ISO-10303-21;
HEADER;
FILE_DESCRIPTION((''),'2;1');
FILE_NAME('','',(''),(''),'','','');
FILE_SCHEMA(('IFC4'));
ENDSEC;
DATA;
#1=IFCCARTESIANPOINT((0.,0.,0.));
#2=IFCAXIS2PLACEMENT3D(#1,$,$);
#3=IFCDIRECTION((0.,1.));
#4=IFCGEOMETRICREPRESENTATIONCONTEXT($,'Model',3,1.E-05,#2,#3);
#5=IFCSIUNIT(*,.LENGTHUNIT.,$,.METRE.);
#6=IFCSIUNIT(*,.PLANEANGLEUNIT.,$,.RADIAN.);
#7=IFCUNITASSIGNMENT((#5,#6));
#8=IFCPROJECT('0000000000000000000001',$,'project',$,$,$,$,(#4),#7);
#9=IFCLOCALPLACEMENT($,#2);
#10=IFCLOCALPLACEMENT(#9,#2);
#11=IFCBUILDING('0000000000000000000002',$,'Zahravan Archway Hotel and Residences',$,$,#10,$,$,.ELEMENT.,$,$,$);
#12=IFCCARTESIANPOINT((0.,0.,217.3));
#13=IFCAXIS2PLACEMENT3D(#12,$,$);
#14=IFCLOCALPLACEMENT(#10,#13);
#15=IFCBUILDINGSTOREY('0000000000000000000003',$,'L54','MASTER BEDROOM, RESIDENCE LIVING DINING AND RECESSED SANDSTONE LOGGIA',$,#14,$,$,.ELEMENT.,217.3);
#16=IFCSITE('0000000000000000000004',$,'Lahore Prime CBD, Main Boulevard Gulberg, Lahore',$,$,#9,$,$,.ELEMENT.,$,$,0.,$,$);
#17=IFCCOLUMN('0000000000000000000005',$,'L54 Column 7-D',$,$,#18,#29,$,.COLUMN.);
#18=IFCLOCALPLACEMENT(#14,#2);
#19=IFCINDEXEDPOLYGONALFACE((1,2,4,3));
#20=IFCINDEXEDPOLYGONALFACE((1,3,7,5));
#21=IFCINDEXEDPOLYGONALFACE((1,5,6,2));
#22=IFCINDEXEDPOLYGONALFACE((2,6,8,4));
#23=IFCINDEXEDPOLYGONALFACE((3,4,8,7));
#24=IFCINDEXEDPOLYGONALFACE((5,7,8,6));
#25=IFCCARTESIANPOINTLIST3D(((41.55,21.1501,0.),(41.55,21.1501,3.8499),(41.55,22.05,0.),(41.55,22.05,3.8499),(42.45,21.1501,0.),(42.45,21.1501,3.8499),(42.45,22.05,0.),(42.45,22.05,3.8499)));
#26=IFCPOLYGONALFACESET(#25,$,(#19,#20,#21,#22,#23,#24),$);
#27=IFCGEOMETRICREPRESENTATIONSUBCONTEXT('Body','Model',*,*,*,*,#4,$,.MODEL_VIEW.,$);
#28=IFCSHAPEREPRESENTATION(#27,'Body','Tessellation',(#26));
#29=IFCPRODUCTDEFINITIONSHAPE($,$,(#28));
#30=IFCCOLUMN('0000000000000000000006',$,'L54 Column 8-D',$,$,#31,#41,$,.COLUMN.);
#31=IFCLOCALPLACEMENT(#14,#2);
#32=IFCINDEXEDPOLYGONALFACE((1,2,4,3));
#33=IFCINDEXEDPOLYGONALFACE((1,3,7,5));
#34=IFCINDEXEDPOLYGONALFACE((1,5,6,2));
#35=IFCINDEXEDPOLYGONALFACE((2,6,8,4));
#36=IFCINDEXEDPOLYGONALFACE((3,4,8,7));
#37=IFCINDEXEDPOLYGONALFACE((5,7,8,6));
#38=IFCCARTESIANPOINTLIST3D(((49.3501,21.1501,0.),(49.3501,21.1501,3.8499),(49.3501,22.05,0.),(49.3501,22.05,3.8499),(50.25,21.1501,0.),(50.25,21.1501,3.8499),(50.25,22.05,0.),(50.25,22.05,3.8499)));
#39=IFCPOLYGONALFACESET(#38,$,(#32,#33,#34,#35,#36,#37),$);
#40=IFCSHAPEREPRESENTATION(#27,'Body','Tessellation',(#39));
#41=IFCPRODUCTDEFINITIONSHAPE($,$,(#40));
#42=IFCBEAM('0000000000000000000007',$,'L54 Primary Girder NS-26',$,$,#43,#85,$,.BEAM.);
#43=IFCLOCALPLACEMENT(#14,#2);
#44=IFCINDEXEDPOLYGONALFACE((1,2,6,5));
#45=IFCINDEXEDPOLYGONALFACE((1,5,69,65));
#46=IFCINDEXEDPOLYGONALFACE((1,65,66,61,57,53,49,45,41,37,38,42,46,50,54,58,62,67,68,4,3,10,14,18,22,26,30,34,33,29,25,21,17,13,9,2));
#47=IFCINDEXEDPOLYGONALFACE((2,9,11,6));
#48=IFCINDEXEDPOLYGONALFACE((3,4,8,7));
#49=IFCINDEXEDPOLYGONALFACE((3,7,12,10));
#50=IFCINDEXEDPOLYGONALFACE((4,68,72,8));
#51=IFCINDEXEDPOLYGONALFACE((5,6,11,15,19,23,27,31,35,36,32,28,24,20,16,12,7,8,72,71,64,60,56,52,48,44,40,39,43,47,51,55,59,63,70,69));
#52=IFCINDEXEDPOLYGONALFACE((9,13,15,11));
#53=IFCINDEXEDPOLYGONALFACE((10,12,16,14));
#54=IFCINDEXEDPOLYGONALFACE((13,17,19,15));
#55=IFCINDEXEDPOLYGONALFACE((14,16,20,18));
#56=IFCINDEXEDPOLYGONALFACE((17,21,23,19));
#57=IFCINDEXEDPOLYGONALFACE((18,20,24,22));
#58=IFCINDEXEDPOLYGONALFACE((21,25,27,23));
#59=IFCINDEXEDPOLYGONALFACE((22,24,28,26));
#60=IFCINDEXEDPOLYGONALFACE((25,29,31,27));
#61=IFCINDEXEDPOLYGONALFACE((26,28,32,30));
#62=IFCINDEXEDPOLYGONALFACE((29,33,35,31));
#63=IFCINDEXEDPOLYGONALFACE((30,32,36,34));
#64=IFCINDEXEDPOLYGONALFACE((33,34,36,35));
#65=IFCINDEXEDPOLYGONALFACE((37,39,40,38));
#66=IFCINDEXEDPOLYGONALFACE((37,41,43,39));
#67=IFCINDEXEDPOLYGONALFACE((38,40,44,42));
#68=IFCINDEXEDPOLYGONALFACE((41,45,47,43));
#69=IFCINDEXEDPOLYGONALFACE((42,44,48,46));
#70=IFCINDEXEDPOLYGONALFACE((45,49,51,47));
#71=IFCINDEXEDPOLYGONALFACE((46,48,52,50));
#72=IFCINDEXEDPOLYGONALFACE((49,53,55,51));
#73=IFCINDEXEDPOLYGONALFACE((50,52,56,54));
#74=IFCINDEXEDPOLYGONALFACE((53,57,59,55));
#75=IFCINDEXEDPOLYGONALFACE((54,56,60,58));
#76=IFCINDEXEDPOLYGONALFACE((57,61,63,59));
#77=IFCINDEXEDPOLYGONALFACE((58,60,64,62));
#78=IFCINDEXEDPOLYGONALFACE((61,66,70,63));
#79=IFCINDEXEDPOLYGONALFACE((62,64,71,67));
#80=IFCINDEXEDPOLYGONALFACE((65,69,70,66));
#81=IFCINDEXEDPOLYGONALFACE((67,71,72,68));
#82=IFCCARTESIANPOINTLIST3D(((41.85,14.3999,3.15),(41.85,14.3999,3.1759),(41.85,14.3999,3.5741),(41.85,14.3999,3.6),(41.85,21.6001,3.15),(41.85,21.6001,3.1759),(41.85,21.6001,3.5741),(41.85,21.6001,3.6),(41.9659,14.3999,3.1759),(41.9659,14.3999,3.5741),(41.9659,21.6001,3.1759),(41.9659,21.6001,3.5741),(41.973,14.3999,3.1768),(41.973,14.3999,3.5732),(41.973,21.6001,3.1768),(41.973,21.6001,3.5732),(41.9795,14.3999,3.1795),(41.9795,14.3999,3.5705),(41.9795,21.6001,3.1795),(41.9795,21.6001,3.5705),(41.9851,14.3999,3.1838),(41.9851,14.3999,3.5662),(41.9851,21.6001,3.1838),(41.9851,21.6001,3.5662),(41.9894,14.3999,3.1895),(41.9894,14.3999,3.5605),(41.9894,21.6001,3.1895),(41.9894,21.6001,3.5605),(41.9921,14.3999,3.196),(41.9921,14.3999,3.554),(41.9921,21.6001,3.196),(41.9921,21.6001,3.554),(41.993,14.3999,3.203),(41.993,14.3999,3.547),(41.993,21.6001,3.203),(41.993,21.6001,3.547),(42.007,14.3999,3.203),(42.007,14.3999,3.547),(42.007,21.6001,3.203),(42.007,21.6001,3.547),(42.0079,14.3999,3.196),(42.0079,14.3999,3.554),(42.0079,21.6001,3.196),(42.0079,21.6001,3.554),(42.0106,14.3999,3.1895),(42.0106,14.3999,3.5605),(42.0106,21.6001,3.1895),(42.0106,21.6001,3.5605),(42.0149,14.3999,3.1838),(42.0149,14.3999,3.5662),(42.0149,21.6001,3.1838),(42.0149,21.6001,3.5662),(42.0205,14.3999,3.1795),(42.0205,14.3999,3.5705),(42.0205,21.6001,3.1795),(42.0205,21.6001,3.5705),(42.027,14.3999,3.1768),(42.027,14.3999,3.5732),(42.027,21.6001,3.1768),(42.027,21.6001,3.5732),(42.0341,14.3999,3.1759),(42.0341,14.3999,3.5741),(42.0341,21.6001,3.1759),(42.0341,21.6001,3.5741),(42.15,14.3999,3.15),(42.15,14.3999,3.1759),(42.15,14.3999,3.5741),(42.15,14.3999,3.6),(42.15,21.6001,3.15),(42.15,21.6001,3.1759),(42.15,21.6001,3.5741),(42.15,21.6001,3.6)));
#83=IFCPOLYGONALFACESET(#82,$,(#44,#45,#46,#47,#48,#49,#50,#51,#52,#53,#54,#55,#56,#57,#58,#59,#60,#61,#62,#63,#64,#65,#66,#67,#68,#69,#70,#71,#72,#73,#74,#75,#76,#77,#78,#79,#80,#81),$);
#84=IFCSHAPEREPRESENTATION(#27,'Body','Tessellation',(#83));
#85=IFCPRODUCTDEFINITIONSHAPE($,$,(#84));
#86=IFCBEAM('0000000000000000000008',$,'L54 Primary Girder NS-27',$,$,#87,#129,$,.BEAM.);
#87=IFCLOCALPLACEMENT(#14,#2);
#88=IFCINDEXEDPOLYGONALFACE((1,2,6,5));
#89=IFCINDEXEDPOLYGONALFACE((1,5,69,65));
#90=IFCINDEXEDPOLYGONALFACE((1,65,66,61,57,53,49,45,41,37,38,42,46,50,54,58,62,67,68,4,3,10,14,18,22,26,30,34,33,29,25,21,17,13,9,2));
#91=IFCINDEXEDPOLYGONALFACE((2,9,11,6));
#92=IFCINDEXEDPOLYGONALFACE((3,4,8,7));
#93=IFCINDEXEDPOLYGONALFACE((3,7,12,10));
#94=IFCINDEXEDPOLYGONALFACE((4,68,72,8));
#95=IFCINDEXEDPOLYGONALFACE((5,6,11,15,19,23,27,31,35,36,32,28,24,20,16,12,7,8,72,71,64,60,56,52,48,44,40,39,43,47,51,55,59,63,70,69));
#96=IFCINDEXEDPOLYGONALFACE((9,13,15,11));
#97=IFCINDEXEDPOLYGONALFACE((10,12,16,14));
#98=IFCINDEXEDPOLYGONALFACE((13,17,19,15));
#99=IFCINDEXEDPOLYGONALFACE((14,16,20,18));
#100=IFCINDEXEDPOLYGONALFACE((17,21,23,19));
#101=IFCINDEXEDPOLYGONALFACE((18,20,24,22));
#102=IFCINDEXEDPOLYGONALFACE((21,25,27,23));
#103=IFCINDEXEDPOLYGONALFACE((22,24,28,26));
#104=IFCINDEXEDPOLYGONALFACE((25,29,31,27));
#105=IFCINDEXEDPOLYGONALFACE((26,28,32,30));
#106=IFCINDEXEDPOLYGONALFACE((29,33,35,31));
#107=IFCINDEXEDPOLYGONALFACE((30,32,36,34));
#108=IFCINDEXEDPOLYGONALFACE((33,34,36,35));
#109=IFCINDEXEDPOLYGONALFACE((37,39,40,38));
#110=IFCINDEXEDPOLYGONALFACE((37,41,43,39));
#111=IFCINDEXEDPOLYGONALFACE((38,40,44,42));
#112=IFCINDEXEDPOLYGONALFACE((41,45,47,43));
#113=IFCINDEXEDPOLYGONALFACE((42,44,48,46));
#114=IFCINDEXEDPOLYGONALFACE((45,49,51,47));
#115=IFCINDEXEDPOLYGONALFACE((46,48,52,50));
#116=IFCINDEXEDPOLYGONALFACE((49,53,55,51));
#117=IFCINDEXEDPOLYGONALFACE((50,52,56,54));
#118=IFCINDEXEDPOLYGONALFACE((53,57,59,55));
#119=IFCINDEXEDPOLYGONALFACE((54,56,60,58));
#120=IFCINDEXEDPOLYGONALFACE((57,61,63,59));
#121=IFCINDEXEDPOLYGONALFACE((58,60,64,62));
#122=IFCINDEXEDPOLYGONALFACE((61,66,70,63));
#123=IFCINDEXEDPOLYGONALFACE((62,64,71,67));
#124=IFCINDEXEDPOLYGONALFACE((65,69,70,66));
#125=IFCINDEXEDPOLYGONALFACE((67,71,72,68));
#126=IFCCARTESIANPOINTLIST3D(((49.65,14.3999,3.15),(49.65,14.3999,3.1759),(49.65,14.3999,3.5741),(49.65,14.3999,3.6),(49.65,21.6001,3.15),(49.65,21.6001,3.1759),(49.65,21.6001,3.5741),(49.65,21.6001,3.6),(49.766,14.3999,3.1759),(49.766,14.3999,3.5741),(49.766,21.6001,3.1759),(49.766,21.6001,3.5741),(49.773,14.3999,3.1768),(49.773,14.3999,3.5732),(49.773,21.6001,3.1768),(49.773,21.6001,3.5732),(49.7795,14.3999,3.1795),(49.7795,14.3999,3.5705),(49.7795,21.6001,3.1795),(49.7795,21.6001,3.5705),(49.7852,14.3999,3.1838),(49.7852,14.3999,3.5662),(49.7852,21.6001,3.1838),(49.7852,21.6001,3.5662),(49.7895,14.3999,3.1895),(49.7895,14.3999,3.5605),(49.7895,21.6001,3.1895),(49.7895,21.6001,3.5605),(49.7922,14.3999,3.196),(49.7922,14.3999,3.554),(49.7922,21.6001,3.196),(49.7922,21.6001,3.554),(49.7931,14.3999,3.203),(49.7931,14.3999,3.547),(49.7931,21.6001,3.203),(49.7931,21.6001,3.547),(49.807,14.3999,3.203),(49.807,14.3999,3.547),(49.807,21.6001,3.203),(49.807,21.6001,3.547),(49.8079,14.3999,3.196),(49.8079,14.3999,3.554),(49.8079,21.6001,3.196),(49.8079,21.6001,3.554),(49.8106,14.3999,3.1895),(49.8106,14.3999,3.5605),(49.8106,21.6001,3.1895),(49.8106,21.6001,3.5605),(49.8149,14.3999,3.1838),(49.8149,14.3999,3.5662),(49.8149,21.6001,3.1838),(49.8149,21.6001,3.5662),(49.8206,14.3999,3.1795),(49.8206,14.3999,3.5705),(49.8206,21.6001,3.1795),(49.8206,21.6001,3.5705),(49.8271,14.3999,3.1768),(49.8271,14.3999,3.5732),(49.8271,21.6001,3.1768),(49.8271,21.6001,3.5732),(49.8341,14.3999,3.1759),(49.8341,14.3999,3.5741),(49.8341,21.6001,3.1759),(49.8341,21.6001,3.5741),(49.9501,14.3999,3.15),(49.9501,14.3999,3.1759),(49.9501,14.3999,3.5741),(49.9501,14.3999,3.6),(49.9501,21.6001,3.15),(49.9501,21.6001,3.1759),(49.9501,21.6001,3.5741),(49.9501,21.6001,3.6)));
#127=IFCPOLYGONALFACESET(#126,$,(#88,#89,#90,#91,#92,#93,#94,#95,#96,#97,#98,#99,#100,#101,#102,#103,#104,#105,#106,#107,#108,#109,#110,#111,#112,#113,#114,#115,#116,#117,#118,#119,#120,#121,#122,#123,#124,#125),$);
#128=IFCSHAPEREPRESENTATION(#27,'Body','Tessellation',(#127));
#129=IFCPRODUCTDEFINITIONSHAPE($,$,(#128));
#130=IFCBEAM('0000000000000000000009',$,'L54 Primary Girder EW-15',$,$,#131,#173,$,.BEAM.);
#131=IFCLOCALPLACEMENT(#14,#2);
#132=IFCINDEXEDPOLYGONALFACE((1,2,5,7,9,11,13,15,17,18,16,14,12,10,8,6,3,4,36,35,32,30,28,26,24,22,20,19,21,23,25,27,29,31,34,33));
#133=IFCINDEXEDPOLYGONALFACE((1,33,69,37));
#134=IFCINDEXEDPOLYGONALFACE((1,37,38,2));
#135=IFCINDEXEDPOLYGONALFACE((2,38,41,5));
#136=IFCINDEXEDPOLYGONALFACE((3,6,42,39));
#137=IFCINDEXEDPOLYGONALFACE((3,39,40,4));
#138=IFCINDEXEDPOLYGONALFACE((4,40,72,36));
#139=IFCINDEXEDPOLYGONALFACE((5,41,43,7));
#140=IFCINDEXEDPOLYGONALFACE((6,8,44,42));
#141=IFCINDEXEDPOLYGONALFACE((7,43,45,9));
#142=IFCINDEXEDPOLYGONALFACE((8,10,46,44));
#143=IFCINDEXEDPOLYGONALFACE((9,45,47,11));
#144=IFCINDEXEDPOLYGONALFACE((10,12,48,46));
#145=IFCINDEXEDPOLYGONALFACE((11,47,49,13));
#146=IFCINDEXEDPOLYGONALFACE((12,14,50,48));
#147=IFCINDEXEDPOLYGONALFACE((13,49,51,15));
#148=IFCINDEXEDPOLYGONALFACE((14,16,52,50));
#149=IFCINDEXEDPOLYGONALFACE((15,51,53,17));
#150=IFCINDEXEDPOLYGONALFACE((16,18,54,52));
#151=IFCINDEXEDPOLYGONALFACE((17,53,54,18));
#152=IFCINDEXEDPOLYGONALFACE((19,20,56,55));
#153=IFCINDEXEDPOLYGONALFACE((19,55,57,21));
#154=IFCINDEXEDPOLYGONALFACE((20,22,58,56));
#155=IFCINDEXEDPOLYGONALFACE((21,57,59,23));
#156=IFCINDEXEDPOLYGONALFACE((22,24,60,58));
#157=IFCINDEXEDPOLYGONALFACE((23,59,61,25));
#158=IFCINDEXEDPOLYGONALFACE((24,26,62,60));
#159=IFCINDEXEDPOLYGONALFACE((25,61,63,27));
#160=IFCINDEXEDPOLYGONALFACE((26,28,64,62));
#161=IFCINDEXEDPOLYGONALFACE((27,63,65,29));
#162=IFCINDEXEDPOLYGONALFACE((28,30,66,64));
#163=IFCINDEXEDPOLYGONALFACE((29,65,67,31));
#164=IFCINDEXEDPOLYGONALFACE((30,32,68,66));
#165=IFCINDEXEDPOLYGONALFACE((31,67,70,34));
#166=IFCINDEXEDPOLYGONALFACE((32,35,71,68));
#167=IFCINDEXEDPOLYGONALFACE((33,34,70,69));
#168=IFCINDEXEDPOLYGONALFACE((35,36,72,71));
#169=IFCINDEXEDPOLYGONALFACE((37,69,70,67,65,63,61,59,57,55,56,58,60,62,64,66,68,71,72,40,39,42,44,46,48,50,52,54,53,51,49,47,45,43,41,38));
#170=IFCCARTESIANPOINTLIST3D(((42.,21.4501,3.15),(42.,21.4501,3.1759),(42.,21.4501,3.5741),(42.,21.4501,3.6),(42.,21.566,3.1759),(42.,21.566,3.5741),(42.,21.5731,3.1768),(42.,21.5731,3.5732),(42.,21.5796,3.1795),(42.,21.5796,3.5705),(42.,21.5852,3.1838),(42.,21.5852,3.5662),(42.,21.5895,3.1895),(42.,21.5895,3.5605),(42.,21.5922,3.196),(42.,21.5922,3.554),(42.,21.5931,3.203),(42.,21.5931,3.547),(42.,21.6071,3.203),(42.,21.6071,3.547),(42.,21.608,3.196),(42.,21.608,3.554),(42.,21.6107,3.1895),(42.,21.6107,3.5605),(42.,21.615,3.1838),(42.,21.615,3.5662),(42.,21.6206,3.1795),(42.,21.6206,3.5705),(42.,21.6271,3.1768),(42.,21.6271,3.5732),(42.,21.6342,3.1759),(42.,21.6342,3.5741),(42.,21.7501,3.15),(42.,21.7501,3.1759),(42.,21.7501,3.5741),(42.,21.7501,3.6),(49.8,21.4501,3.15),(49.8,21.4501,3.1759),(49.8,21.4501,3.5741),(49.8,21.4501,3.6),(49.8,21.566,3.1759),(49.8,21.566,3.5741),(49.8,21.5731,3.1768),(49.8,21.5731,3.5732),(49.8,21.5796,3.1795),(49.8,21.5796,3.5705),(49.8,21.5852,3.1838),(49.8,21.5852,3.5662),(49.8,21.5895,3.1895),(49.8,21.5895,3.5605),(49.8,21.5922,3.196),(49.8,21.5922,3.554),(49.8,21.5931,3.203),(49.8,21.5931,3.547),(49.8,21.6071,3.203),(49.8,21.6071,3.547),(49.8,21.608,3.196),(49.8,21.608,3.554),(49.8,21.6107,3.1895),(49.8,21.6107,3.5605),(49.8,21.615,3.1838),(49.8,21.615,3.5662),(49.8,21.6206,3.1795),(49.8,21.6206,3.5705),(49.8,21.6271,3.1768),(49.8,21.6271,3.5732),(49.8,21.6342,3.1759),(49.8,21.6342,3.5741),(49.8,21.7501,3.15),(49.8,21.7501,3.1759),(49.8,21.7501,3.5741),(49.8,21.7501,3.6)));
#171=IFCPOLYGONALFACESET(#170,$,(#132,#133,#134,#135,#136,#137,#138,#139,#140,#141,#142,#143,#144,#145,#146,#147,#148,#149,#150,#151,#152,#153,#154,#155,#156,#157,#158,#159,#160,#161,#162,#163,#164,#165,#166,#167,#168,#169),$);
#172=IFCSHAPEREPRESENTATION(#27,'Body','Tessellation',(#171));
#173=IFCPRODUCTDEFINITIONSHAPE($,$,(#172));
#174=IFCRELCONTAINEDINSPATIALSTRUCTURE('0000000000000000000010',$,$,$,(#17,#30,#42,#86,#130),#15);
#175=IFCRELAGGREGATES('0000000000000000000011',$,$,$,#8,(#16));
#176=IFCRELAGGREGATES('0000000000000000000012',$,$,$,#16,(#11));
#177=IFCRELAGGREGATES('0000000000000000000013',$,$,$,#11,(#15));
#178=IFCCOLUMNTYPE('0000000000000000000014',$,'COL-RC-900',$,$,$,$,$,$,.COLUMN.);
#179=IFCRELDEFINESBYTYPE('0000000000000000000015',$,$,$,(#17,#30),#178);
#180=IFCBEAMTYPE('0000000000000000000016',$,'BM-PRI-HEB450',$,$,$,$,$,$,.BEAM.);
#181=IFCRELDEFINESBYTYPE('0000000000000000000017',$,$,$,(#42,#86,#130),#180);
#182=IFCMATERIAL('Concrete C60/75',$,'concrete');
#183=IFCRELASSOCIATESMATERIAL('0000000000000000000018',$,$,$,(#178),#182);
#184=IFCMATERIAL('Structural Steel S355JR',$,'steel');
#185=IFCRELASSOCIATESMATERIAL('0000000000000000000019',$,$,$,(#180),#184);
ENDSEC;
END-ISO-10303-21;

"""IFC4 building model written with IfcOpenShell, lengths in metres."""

from ifc_helpers import new_model, si_unit, direction, frame, origin, origin_2d, place, context, subcontext, project, spatial, rectangle, i_section, extrude, source, transform, mapped, material, material_profile, profile_set, type_object, type_shapes, element, save


model = new_model("IFC4")

# Units and contexts
model_context = context("Model", 3, precision=1e-05, world=origin(), true_north=direction((0.0, 1.0)))
body_context = subcontext(model_context, "Body", "Model", "MODEL_VIEW")
ifc_project = project(units=[si_unit("LENGTHUNIT", "METRE"), si_unit("PLANEANGLEUNIT", "RADIAN")], contexts=[model_context])

# Site, building, storey
site_placement = place(None, origin())
site = spatial("IfcSite", under=ifc_project, at=site_placement, Name="Lahore Prime CBD, Main Boulevard Gulberg, Lahore", CompositionType="ELEMENT", RefElevation=0.0)
building_placement = place(site_placement, origin())
building = spatial("IfcBuilding", under=site, at=building_placement, Name="Zahravan Archway Hotel and Residences", CompositionType="ELEMENT")
storey_placement = place(building_placement, frame((0.0, 0.0, 217.3)))
storey = spatial("IfcBuildingStorey", under=building, at=storey_placement, Name="L54", Description="MASTER BEDROOM, RESIDENCE LIVING DINING AND RECESSED SANDSTONE LOGGIA", CompositionType="ELEMENT", Elevation=217.3)

# Columns
ifc_material_1 = material(Name="Concrete C60/75", Category="concrete")
ifc_material_profile_1 = material_profile(ifc_material_1, rectangle(XDim=0.8999, YDim=0.8999, at=origin_2d()), Name="RC-COL-900x900", Category="concrete")
ifc_profile_set_1 = profile_set([ifc_material_profile_1], Name="Concrete C60/75")
column_type = type_object("IfcColumnType", Name="COL-RC-900", PredefinedType="COLUMN", material=ifc_profile_set_1)
shared_shape_1 = source(origin(), body_context, "Body", "SweptSolid", [
    extrude(rectangle(XDim=0.8999, YDim=0.8999, at=origin_2d()), origin(), (0.0, 0.0, 1.0), 3.8499),
])
for number, where, z_axis, x_axis, name in (
    (1, (42.0, 21.6001, 0.0), (0.0, 0.0, 1.0), (1.0, 0.0, 0.0), "L54 Column 7-D"),
    (2, (49.8, 21.6001, 0.0), (0.0, 0.0, 1.0), (1.0, 0.0, 0.0), "L54 Column 8-D"),
):
    element("IfcColumn", number, at=place(storey_placement, frame(where, z_axis=z_axis, x_axis=x_axis)), inside=storey, type_object=column_type, Name=name, PredefinedType="COLUMN", context=body_context, shape_type="MappedRepresentation", body=[
        mapped(shared_shape_1, transform((0.0, 0.0, 0.0), scale=1.0)),
    ])

# Beams
ifc_material_2 = material(Name="Structural Steel S355JR", Category="steel")
ifc_material_profile_2 = material_profile(ifc_material_2, i_section(OverallWidth=0.3, OverallDepth=0.45, WebThickness=0.0139, FlangeThickness=0.0259, FilletRadius=0.0271, at=origin_2d()), Name="HEB 450", Category="steel")
ifc_profile_set_2 = profile_set([ifc_material_profile_2], Name="Structural Steel S355JR")
beam_type = type_object("IfcBeamType", Name="BM-PRI-HEB450", PredefinedType="BEAM", material=ifc_profile_set_2)
shared_shape_2 = source(origin(), body_context, "Body", "SweptSolid", [
    extrude(i_section(OverallWidth=0.3, OverallDepth=0.45, WebThickness=0.0139, FlangeThickness=0.0259, FilletRadius=0.0271, at=origin_2d()), origin(), (0.0, 0.0, 1.0), 7.2002),
])
type_shapes(beam_type, [shared_shape_2])
for number, where, z_axis, x_axis, name in (
    (3, (42.0, 14.3999, 3.375), (0.0, 1.0, 0.0), (-1.0, 0.0, 0.0), "L54 Primary Girder NS-26"),
    (4, (49.8, 14.3999, 3.375), (0.0, 1.0, 0.0), (-1.0, 0.0, 0.0), "L54 Primary Girder NS-27"),
):
    element("IfcBeam", number, at=place(storey_placement, frame(where, z_axis=z_axis, x_axis=x_axis)), inside=storey, type_object=beam_type, Name=name, PredefinedType="BEAM", context=body_context, shape_type="MappedRepresentation", body=[
        mapped(shared_shape_2, transform((0.0, 0.0, 0.0), scale=1.0)),
    ])
shared_shape_3 = source(origin(), body_context, "Body", "SweptSolid", [
    extrude(i_section(OverallWidth=0.3, OverallDepth=0.45, WebThickness=0.0139, FlangeThickness=0.0259, FilletRadius=0.0271, at=origin_2d()), origin(), (0.0, 0.0, 1.0), 7.8),
])
beam_placement = place(storey_placement, frame((42.0, 21.6001, 3.375), z_axis=(1.0, 0.0, 0.0), x_axis=(0.0, 1.0, 0.0)))
element("IfcBeam", 5, at=beam_placement, inside=storey, type_object=beam_type, Name="L54 Primary Girder EW-15", PredefinedType="BEAM", context=body_context, shape_type="MappedRepresentation", body=[
    mapped(shared_shape_3, transform((0.0, 0.0, 0.0), scale=1.0)),
])

save(model, "model.ifc")
